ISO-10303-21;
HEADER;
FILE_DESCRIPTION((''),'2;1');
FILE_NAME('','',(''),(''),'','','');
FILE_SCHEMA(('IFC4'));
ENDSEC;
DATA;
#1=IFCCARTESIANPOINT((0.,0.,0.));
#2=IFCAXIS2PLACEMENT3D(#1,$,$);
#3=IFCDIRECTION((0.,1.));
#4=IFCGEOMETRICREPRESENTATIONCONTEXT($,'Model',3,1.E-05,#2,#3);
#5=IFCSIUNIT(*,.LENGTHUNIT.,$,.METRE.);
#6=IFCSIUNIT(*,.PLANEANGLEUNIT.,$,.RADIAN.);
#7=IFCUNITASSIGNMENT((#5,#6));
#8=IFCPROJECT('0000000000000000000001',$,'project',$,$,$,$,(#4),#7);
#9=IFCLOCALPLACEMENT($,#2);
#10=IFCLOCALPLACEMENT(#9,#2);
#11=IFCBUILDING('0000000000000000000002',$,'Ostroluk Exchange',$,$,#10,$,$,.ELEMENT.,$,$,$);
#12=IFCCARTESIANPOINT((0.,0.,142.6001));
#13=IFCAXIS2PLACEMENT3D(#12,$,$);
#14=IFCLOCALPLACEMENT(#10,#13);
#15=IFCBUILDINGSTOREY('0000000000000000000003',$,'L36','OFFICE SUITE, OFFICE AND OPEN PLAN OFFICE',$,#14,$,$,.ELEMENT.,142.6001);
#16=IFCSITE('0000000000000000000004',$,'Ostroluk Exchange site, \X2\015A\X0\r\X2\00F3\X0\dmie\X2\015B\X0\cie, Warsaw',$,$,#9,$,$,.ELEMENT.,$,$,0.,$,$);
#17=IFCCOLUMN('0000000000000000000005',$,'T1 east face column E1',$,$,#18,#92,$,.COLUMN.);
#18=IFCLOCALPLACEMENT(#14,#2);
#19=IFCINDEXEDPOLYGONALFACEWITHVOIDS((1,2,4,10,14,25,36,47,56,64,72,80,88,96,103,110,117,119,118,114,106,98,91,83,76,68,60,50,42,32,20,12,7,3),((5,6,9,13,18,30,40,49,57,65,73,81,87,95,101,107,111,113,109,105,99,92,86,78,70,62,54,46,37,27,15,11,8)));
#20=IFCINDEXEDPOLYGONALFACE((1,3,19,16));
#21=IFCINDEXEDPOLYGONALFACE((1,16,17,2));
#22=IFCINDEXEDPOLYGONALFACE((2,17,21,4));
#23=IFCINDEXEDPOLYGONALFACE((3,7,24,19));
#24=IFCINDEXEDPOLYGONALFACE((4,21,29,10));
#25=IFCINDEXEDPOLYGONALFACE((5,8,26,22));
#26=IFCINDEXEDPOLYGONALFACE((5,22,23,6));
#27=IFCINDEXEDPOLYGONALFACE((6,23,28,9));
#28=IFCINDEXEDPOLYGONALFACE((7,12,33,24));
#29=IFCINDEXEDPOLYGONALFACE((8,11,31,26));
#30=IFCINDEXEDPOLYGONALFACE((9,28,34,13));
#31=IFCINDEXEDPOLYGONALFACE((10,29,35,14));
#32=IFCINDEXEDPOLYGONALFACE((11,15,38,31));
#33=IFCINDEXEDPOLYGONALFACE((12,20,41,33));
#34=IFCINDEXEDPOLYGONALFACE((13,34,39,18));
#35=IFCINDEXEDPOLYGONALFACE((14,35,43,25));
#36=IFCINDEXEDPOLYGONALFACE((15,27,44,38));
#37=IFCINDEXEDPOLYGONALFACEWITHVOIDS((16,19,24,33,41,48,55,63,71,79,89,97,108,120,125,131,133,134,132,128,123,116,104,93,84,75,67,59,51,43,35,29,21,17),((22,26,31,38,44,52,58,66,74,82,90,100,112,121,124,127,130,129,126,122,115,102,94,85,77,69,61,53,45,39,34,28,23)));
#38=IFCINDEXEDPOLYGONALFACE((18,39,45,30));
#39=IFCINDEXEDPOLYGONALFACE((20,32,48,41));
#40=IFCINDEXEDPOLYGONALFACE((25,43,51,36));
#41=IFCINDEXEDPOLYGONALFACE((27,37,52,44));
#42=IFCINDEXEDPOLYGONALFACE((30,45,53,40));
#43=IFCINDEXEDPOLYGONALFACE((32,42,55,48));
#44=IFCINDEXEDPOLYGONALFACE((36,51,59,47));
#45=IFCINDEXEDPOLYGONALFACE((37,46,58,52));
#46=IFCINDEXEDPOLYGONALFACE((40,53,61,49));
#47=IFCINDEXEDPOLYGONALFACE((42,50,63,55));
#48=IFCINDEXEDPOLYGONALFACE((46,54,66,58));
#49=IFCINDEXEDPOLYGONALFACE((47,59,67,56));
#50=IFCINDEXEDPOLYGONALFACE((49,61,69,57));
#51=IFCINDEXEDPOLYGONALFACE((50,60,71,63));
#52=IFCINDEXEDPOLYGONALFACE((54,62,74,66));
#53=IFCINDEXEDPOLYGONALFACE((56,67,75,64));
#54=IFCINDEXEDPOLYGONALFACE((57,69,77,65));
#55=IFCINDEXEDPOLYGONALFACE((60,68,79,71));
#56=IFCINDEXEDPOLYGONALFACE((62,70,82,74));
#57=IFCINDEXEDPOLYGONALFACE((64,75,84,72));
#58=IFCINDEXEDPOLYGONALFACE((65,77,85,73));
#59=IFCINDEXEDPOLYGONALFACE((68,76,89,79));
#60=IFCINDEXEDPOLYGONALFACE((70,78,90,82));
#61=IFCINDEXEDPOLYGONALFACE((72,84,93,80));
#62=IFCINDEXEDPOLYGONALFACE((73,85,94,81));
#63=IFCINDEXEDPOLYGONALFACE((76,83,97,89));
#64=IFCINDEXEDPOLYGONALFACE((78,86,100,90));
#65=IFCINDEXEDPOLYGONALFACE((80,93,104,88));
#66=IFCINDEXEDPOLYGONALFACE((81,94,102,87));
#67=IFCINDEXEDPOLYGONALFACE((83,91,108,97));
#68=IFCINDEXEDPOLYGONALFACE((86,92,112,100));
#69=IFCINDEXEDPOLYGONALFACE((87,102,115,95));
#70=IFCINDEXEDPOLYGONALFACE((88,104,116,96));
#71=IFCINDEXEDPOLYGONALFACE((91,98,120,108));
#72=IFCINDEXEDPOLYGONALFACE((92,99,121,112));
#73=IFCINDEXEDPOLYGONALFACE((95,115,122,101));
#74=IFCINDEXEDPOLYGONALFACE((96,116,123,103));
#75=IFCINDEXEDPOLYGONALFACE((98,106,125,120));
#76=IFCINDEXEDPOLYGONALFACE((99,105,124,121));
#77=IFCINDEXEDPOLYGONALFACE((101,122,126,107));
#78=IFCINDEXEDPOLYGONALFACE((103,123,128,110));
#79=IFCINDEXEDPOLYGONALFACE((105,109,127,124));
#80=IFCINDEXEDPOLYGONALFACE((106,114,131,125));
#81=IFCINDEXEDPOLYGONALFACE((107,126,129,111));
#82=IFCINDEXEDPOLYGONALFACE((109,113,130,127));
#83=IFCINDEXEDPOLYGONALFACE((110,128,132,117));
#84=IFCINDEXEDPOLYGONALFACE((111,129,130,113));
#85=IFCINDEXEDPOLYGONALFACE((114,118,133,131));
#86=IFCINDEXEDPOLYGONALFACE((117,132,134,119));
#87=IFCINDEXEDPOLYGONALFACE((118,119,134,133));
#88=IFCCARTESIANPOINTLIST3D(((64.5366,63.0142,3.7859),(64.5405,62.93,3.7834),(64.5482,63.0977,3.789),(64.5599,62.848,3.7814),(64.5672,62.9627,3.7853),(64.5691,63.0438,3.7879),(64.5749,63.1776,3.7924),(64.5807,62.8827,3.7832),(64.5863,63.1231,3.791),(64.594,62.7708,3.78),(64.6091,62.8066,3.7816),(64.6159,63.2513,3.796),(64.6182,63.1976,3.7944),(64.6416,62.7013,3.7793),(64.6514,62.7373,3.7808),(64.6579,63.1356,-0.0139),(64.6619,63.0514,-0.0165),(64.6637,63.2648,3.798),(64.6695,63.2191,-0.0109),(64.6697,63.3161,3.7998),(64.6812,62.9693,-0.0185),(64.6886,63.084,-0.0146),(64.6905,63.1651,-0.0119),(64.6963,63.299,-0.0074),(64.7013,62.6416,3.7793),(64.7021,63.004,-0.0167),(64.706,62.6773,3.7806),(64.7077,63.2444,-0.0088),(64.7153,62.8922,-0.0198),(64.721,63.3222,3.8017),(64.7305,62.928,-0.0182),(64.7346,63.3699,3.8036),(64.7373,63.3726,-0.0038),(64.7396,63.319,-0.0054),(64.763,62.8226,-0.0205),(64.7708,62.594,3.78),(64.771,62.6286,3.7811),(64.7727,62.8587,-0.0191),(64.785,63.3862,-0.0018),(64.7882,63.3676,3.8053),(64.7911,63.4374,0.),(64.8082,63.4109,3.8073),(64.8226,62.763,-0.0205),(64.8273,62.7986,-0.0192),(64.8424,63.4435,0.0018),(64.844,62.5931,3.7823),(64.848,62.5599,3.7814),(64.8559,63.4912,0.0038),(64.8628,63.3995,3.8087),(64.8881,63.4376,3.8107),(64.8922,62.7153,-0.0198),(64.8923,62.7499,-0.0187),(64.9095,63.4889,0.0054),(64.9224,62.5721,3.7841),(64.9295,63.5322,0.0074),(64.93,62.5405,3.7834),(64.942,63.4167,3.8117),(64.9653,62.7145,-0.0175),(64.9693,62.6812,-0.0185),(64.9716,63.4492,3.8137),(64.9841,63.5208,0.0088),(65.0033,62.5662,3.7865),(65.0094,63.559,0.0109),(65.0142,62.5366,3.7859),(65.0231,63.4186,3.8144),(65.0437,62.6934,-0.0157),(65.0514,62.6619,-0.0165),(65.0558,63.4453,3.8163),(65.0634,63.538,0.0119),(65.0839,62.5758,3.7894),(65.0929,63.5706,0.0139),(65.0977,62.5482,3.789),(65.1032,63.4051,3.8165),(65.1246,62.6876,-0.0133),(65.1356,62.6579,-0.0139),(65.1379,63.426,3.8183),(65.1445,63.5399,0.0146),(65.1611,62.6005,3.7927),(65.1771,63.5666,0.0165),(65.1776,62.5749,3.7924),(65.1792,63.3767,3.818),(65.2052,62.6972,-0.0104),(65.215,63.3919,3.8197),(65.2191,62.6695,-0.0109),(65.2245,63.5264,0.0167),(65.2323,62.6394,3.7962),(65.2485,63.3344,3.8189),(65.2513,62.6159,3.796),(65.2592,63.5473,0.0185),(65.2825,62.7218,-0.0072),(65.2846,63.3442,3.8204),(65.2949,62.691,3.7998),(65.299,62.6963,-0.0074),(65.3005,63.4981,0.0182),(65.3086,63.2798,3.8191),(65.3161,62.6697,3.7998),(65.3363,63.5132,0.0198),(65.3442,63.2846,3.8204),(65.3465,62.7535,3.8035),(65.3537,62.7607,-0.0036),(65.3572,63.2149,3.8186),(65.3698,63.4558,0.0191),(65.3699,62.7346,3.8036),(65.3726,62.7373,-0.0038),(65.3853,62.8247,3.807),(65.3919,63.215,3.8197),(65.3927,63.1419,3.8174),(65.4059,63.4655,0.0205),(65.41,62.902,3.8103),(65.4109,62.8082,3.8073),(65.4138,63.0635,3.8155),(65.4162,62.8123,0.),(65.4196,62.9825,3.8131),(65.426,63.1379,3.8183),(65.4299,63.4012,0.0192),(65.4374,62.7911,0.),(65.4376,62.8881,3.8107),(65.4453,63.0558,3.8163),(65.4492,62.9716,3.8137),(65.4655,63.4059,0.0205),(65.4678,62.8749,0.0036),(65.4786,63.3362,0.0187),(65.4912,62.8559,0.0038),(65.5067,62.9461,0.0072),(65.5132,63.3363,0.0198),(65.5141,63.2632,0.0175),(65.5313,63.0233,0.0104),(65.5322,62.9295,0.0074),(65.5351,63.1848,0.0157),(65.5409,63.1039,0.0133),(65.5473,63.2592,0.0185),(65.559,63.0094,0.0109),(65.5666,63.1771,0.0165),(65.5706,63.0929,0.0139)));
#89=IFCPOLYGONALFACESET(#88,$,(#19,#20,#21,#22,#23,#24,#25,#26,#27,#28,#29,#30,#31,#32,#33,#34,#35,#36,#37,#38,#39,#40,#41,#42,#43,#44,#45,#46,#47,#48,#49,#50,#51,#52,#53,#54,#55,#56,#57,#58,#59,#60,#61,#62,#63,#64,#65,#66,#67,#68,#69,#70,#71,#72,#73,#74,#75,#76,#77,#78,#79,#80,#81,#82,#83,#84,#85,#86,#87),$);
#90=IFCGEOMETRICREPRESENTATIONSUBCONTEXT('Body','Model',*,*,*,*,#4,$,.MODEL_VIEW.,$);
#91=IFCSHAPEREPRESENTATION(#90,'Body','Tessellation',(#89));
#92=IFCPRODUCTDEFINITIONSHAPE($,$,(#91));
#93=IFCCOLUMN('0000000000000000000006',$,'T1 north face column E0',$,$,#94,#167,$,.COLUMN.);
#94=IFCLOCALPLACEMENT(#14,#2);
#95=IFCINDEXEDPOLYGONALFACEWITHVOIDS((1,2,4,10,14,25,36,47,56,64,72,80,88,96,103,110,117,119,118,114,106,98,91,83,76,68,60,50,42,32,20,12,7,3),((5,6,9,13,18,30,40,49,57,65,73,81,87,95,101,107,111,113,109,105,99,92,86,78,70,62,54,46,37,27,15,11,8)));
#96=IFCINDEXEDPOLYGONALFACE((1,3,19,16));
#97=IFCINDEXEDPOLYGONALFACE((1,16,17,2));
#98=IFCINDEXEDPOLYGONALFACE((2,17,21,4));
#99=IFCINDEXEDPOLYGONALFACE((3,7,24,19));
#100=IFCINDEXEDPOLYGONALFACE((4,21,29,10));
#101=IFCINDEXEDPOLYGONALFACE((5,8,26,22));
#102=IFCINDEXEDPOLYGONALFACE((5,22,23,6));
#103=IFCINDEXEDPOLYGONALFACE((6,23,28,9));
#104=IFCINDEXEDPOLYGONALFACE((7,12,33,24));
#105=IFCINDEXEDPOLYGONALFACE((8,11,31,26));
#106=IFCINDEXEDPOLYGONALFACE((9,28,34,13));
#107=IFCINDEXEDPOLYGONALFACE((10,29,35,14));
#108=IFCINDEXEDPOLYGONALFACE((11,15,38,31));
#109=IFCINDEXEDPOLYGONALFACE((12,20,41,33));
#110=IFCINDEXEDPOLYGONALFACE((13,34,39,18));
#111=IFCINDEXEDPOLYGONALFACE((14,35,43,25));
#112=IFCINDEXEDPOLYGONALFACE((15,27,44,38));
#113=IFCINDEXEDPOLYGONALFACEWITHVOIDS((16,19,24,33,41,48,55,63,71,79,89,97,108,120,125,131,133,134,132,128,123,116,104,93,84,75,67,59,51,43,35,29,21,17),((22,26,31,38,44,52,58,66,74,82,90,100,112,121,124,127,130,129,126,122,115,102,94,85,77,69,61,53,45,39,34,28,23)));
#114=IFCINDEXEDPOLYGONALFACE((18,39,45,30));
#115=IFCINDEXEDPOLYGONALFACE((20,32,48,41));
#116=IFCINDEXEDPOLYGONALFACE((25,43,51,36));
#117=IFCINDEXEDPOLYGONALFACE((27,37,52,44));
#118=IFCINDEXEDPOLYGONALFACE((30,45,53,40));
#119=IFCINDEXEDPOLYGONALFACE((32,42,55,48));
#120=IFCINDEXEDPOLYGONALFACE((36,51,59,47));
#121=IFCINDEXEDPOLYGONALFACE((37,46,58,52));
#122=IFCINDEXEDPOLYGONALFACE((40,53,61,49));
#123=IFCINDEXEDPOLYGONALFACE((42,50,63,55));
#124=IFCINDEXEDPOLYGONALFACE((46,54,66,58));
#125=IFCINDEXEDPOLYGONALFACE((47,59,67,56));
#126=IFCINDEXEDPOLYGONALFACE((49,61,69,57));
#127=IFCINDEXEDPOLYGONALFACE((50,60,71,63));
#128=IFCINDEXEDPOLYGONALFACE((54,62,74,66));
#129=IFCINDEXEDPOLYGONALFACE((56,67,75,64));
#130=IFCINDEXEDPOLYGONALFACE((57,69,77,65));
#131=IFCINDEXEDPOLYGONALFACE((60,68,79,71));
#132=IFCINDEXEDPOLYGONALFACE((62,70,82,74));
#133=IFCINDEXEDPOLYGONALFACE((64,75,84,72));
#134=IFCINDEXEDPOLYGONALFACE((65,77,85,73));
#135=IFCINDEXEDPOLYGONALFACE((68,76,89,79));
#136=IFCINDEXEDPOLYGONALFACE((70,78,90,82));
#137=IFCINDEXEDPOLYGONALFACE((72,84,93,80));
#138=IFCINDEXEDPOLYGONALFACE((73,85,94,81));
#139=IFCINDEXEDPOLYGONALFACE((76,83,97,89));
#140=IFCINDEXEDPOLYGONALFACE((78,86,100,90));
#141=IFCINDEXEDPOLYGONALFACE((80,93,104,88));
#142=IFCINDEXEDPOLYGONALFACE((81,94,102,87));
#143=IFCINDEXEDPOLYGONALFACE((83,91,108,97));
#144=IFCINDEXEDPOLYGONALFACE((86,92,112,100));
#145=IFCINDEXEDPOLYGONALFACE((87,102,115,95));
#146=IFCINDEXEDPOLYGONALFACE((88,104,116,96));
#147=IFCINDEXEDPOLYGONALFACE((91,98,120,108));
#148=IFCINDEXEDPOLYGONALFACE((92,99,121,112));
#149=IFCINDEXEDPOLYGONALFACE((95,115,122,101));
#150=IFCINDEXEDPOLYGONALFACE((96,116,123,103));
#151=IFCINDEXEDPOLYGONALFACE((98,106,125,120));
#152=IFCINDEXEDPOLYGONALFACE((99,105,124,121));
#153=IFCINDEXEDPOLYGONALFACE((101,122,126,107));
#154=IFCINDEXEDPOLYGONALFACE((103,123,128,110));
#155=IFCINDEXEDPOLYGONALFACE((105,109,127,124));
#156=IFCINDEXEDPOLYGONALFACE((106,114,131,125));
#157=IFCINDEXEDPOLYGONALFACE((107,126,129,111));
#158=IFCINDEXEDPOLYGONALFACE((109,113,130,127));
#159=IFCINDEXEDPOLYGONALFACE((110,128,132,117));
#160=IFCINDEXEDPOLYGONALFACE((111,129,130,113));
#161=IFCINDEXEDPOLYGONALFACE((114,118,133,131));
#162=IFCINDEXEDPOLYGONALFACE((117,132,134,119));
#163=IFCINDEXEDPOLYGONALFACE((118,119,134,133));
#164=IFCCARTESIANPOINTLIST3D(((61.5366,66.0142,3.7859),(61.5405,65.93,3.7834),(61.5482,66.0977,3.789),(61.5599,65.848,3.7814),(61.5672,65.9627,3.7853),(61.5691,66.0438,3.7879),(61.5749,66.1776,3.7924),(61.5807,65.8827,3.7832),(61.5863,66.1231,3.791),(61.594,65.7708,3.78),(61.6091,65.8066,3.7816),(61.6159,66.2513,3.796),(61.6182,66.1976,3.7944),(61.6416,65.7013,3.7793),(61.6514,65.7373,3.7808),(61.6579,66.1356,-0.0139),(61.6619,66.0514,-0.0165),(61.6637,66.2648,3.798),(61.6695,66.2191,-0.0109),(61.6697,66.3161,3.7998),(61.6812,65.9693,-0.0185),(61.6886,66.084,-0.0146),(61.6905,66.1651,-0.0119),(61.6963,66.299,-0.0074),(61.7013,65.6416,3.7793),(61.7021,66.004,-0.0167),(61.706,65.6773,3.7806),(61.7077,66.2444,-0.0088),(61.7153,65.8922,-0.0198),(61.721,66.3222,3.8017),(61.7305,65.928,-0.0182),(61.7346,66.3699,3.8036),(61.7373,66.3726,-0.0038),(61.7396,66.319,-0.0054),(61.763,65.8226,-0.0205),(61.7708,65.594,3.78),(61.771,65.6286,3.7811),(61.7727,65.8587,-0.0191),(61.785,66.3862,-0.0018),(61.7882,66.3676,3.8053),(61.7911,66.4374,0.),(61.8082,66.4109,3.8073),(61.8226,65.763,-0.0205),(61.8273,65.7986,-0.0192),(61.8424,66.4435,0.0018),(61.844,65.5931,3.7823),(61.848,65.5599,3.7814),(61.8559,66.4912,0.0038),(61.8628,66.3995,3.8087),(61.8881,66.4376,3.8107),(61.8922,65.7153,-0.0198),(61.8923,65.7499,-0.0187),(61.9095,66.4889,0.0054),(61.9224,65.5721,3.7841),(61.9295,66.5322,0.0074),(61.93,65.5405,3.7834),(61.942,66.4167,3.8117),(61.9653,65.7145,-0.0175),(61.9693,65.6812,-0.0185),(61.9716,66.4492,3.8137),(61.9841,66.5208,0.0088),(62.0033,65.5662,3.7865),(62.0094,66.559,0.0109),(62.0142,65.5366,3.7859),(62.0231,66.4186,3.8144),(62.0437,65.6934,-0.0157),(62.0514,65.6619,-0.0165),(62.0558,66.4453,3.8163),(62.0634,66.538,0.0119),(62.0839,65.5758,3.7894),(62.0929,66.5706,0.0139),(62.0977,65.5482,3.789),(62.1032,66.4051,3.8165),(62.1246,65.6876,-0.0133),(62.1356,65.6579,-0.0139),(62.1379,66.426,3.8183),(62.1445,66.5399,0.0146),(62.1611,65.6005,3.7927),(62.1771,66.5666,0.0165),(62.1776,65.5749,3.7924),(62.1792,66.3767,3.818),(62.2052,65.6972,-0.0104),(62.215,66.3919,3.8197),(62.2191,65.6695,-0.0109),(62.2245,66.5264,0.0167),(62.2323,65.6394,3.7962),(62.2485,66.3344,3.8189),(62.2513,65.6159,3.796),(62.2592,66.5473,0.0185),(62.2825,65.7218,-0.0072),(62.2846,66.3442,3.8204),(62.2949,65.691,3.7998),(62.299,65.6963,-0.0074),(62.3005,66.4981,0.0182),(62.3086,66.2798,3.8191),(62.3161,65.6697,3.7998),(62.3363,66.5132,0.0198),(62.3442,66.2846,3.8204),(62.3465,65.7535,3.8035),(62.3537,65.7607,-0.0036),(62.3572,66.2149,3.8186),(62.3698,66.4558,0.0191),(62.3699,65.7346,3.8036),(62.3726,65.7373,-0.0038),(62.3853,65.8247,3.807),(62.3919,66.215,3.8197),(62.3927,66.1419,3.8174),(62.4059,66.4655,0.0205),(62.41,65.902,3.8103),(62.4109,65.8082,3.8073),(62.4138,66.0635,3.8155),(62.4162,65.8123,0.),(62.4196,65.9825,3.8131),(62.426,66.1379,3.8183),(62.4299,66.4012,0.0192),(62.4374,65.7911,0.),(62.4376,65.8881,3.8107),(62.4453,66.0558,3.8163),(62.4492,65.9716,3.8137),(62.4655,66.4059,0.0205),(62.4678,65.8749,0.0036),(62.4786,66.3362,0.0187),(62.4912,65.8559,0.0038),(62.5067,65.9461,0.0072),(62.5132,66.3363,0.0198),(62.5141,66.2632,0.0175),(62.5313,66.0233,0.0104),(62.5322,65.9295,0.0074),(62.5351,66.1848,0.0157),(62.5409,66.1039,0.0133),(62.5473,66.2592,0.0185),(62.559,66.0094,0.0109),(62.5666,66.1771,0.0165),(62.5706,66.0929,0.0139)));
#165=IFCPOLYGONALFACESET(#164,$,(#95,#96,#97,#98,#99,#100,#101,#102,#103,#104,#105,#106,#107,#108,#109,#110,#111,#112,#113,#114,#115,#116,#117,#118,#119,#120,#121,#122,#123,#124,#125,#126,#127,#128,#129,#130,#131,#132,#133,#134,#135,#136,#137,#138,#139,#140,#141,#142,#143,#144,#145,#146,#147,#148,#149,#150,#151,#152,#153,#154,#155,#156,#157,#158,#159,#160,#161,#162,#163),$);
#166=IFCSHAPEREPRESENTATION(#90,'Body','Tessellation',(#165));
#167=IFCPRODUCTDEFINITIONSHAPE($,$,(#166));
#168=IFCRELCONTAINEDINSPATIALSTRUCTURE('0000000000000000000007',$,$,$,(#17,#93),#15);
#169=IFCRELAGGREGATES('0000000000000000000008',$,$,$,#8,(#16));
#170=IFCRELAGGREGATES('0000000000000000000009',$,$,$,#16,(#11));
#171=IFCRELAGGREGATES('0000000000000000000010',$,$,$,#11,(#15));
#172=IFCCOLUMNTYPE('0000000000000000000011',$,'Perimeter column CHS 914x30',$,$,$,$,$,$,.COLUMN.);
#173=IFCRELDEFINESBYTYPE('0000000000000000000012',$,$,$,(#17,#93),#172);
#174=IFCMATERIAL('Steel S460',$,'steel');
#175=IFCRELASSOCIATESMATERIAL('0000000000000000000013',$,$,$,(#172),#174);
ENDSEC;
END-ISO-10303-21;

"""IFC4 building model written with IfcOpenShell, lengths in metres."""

from ifc_helpers import new_model, si_unit, direction, frame, origin, origin_2d, place, context, subcontext, project, spatial, hollow_circle, extrude, material, material_profile, profile_set, type_object, element, save


model = new_model("IFC4")

# Units and contexts
model_context = context("Model", 3, precision=1e-05, world=origin(), true_north=direction((0.0, 1.0)))
body_context = subcontext(model_context, "Body", "Model", "MODEL_VIEW")
ifc_project = project(units=[si_unit("LENGTHUNIT", "METRE"), si_unit("PLANEANGLEUNIT", "RADIAN")], contexts=[model_context])

# Site, building, storey
site_placement = place(None, origin())
site = spatial("IfcSite", under=ifc_project, at=site_placement, Name="Ostroluk Exchange site, Śródmieście, Warsaw", CompositionType="ELEMENT", RefElevation=0.0)
building_placement = place(site_placement, origin())
building = spatial("IfcBuilding", under=site, at=building_placement, Name="Ostroluk Exchange", CompositionType="ELEMENT")
storey_placement = place(building_placement, frame((0.0, 0.0, 142.6001)))
storey = spatial("IfcBuildingStorey", under=building, at=storey_placement, Name="L36", Description="OFFICE SUITE, OFFICE AND OPEN PLAN OFFICE", CompositionType="ELEMENT", Elevation=142.6001)

# Columns
ifc_material_1 = material(Name="Steel S460", Category="steel")
ifc_material_profile_1 = material_profile(ifc_material_1, hollow_circle(Radius=0.457, WallThickness=0.03, at=origin_2d()), Name="CHS 914x30")
ifc_profile_set_1 = profile_set([ifc_material_profile_1], Name="Steel S460")
column_type = type_object("IfcColumnType", Name="Perimeter column CHS 914x30", PredefinedType="COLUMN", material=ifc_profile_set_1)
for number, where, z_axis, x_axis, name in (
    (1, (65.1143, 63.1143, 0.0), (-0.0319, -0.0319, 0.998982), (0.707107, -0.707107, 0.0), "T1 east face column E1"),
    (2, (62.1143, 66.1143, 0.0), (-0.0319, -0.0319, 0.998982), (0.707107, -0.707107, 0.0), "T1 north face column E0"),
):
    element("IfcColumn", number, at=place(storey_placement, frame(where, z_axis=z_axis, x_axis=x_axis)), inside=storey, type_object=column_type, Name=name, PredefinedType="COLUMN", context=body_context, shape_type="SweptSolid", body=[
        extrude(hollow_circle(Radius=0.457, WallThickness=0.03, at=origin_2d()), origin(), (0.0, 0.0, 1.0), 3.8037),
    ])

save(model, "model.ifc")
